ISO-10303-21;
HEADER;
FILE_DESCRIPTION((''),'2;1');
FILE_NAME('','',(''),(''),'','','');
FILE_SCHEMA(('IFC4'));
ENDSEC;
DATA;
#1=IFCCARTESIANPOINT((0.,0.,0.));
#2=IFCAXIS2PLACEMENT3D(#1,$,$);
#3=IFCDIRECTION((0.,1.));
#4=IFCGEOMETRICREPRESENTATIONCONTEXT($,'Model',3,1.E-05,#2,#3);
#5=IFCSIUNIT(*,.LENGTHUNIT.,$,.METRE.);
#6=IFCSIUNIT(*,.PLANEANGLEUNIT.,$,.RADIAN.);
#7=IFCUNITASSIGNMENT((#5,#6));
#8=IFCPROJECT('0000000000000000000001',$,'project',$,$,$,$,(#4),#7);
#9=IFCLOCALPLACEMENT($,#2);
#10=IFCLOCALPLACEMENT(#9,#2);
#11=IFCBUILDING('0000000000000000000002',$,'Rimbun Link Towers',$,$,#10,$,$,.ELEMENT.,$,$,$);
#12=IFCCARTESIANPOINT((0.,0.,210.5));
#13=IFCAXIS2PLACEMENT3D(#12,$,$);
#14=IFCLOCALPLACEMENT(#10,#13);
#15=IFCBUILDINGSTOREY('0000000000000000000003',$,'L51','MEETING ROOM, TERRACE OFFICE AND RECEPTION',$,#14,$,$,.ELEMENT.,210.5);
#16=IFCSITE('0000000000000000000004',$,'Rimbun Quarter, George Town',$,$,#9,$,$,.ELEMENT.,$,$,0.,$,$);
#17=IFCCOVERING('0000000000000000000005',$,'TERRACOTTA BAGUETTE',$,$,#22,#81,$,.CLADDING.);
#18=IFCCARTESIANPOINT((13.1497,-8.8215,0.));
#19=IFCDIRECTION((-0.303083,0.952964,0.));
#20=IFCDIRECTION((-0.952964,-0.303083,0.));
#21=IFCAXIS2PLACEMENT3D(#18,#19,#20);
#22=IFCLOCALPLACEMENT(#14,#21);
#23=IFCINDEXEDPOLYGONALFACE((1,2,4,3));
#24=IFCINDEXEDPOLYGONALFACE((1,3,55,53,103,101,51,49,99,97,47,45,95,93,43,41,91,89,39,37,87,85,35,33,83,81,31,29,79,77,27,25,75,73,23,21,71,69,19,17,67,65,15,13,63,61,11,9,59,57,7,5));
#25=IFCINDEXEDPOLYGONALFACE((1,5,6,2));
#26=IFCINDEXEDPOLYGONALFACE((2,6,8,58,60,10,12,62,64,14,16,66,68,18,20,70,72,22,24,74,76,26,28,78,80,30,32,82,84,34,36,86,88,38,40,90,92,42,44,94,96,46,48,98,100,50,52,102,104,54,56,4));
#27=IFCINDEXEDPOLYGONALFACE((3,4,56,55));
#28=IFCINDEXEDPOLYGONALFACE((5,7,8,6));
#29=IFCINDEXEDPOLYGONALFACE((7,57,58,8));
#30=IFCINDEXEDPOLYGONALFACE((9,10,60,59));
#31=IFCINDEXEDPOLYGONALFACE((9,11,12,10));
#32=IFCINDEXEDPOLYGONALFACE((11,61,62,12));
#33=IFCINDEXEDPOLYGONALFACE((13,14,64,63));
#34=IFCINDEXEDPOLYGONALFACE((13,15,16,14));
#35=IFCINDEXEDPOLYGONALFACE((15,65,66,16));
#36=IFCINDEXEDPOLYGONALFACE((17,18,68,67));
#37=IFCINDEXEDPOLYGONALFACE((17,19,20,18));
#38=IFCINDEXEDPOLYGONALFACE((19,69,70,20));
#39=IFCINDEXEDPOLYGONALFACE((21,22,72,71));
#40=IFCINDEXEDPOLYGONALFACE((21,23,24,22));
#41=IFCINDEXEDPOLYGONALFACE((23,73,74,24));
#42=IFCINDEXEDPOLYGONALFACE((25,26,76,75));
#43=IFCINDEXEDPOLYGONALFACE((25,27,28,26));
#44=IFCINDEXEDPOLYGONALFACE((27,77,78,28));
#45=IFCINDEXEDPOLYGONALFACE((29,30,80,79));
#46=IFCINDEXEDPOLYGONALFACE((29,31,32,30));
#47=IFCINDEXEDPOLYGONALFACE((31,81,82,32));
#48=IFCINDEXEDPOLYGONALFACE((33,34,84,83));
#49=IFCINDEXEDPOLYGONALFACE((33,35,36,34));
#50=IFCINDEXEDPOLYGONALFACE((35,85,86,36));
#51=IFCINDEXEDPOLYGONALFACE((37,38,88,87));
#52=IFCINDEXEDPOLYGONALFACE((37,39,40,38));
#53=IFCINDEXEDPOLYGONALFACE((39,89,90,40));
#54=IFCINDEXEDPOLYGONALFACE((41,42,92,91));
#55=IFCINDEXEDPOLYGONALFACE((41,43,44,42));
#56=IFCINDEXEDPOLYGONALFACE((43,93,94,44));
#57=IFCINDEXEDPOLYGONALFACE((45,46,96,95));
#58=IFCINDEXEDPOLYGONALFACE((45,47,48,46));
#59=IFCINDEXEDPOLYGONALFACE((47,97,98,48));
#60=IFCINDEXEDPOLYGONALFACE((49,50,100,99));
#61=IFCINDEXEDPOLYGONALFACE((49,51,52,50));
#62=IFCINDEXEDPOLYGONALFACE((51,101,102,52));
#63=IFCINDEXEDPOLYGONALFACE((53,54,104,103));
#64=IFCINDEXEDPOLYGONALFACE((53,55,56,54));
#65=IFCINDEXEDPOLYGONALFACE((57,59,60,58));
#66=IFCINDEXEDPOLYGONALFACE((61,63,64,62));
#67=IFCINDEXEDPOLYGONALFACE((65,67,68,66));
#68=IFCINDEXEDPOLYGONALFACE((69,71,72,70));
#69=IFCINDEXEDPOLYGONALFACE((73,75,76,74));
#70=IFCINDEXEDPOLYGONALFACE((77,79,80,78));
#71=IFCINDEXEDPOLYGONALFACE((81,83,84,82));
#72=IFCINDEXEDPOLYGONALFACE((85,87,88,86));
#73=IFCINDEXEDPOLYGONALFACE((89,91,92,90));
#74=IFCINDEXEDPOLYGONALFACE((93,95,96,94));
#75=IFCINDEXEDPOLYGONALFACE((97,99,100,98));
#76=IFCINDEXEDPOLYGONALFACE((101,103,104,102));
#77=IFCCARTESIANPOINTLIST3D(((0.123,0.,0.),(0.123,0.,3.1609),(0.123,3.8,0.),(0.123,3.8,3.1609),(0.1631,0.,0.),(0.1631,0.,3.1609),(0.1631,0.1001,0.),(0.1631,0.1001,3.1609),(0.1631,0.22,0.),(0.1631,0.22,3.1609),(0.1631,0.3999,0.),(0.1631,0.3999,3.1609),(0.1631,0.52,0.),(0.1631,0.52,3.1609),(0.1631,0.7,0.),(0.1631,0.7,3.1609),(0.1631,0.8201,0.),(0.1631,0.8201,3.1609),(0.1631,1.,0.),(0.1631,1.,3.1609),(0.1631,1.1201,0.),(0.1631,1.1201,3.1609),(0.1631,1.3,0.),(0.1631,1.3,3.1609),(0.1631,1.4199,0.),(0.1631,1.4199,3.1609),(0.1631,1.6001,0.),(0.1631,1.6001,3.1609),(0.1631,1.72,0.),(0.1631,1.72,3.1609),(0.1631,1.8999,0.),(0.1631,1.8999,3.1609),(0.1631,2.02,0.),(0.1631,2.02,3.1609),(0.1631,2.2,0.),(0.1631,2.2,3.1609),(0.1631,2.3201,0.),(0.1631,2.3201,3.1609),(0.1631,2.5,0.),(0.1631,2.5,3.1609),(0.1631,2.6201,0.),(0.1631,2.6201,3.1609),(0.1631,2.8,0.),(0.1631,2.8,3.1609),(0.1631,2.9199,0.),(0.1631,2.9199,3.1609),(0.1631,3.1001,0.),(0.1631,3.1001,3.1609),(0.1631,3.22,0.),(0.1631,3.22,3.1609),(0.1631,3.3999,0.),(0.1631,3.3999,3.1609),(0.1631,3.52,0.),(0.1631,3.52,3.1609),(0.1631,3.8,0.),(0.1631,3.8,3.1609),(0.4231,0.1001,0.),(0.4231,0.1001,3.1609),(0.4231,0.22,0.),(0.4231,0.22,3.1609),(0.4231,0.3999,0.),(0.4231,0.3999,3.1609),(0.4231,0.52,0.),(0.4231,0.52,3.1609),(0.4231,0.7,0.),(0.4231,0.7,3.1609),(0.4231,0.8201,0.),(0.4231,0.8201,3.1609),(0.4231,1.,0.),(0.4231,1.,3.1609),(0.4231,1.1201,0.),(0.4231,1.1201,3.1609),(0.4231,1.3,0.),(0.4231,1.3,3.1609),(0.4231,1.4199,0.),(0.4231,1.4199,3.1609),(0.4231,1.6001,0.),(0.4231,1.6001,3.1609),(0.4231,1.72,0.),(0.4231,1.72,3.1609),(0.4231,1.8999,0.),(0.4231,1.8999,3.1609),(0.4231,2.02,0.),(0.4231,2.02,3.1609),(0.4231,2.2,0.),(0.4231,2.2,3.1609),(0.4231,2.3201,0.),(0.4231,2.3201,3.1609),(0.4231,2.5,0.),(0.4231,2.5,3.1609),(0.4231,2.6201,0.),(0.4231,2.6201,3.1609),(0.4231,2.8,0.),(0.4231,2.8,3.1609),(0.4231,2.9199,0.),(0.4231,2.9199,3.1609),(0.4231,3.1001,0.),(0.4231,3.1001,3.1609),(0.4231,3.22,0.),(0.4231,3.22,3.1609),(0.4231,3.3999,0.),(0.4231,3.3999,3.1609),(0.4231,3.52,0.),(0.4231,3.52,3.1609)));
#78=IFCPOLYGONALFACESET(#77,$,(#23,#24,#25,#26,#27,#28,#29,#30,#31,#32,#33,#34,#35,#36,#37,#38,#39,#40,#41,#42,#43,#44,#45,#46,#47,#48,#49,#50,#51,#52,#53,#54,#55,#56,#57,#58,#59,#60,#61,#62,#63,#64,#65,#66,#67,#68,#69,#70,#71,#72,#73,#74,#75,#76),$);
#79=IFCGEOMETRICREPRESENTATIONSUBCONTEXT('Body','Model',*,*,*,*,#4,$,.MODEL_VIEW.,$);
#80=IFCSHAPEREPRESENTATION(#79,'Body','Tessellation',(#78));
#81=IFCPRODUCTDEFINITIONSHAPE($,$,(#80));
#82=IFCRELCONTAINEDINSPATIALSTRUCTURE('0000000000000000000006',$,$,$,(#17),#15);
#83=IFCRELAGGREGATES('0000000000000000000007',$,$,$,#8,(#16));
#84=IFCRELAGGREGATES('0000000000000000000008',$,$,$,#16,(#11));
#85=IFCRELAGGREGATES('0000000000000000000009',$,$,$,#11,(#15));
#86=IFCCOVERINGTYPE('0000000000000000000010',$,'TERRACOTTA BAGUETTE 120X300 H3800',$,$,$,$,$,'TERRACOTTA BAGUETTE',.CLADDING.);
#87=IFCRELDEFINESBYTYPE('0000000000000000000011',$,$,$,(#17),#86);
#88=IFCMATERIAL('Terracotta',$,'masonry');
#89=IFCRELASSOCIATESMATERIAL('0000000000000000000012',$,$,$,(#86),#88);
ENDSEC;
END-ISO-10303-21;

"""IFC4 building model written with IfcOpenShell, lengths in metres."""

from ifc_helpers import new_model, si_unit, direction, frame, origin, place, context, subcontext, project, spatial, polyline, outline, extrude, material, material_profile, profile_set, type_object, element, save


model = new_model("IFC4")

# Units and contexts
model_context = context("Model", 3, precision=1e-05, world=origin(), true_north=direction((0.0, 1.0)))
body_context = subcontext(model_context, "Body", "Model", "MODEL_VIEW")
ifc_project = project(units=[si_unit("LENGTHUNIT", "METRE"), si_unit("PLANEANGLEUNIT", "RADIAN")], contexts=[model_context])

# Site, building, storey
site_placement = place(None, origin())
site = spatial("IfcSite", under=ifc_project, at=site_placement, Name="Rimbun Quarter, George Town", CompositionType="ELEMENT", RefElevation=0.0)
building_placement = place(site_placement, origin())
building = spatial("IfcBuilding", under=site, at=building_placement, Name="Rimbun Link Towers", CompositionType="ELEMENT")
storey_placement = place(building_placement, frame((0.0, 0.0, 210.5)))
storey = spatial("IfcBuildingStorey", under=building, at=storey_placement, Name="L51", Description="MEETING ROOM, TERRACE OFFICE AND RECEPTION", CompositionType="ELEMENT", Elevation=210.5)

# Covering
ifc_material_1 = material(Name="Terracotta", Category="masonry")
ifc_material_profile_1 = material_profile(ifc_material_1, outline(polyline([(0.123, 0.0), (0.1631, 0.0), (0.1631, 0.1001), (0.4231, 0.1001), (0.4231, 0.22), (0.1631, 0.22), (0.1631, 0.3999), (0.4231, 0.3999), (0.4231, 0.52), (0.1631, 0.52), (0.1631, 0.7), (0.4231, 0.7), (0.4231, 0.8201), (0.1631, 0.8201), (0.1631, 1.0), (0.4231, 1.0), (0.4231, 1.1201), (0.1631, 1.1201), (0.1631, 1.3), (0.4231, 1.3), (0.4231, 1.4199), (0.1631, 1.4199), (0.1631, 1.6001), (0.4231, 1.6001), (0.4231, 1.72), (0.1631, 1.72), (0.1631, 1.8999), (0.4231, 1.8999), (0.4231, 2.02), (0.1631, 2.02), (0.1631, 2.2), (0.4231, 2.2), (0.4231, 2.3201), (0.1631, 2.3201), (0.1631, 2.5), (0.4231, 2.5), (0.4231, 2.6201), (0.1631, 2.6201), (0.1631, 2.8), (0.4231, 2.8), (0.4231, 2.9199), (0.1631, 2.9199), (0.1631, 3.1001), (0.4231, 3.1001), (0.4231, 3.22), (0.1631, 3.22), (0.1631, 3.3999), (0.4231, 3.3999), (0.4231, 3.52), (0.1631, 3.52), (0.1631, 3.8), (0.123, 3.8), (0.123, 0.0)])), Name="BAGUETTE 120X300")
ifc_profile_set_1 = profile_set([ifc_material_profile_1], Name="Terracotta")
covering_type_1 = type_object("IfcCoveringType", Name="TERRACOTTA BAGUETTE 120X300 H3800", ElementType="TERRACOTTA BAGUETTE", PredefinedType="CLADDING", material=ifc_profile_set_1)
covering_1_placement = place(storey_placement, frame((13.1497, -8.8215, 0.0), z_axis=(-0.303083, 0.952964, 0.0), x_axis=(-0.952964, -0.303083, 0.0)))
element("IfcCovering", 1, at=covering_1_placement, inside=storey, type_object=covering_type_1, Name="TERRACOTTA BAGUETTE", PredefinedType="CLADDING", context=body_context, shape_type="SweptSolid", body=[
    extrude(outline(polyline([(0.123, 0.0), (0.1631, 0.0), (0.1631, 0.1001), (0.4231, 0.1001), (0.4231, 0.22), (0.1631, 0.22), (0.1631, 0.3999), (0.4231, 0.3999), (0.4231, 0.52), (0.1631, 0.52), (0.1631, 0.7), (0.4231, 0.7), (0.4231, 0.8201), (0.1631, 0.8201), (0.1631, 1.0), (0.4231, 1.0), (0.4231, 1.1201), (0.1631, 1.1201), (0.1631, 1.3), (0.4231, 1.3), (0.4231, 1.4199), (0.1631, 1.4199), (0.1631, 1.6001), (0.4231, 1.6001), (0.4231, 1.72), (0.1631, 1.72), (0.1631, 1.8999), (0.4231, 1.8999), (0.4231, 2.02), (0.1631, 2.02), (0.1631, 2.2), (0.4231, 2.2), (0.4231, 2.3201), (0.1631, 2.3201), (0.1631, 2.5), (0.4231, 2.5), (0.4231, 2.6201), (0.1631, 2.6201), (0.1631, 2.8), (0.4231, 2.8), (0.4231, 2.9199), (0.1631, 2.9199), (0.1631, 3.1001), (0.4231, 3.1001), (0.4231, 3.22), (0.1631, 3.22), (0.1631, 3.3999), (0.4231, 3.3999), (0.4231, 3.52), (0.1631, 3.52), (0.1631, 3.8), (0.123, 3.8), (0.123, 0.0)])), origin(), (0.0, 0.0, 1.0), 3.1609),
])

save(model, "model.ifc")
